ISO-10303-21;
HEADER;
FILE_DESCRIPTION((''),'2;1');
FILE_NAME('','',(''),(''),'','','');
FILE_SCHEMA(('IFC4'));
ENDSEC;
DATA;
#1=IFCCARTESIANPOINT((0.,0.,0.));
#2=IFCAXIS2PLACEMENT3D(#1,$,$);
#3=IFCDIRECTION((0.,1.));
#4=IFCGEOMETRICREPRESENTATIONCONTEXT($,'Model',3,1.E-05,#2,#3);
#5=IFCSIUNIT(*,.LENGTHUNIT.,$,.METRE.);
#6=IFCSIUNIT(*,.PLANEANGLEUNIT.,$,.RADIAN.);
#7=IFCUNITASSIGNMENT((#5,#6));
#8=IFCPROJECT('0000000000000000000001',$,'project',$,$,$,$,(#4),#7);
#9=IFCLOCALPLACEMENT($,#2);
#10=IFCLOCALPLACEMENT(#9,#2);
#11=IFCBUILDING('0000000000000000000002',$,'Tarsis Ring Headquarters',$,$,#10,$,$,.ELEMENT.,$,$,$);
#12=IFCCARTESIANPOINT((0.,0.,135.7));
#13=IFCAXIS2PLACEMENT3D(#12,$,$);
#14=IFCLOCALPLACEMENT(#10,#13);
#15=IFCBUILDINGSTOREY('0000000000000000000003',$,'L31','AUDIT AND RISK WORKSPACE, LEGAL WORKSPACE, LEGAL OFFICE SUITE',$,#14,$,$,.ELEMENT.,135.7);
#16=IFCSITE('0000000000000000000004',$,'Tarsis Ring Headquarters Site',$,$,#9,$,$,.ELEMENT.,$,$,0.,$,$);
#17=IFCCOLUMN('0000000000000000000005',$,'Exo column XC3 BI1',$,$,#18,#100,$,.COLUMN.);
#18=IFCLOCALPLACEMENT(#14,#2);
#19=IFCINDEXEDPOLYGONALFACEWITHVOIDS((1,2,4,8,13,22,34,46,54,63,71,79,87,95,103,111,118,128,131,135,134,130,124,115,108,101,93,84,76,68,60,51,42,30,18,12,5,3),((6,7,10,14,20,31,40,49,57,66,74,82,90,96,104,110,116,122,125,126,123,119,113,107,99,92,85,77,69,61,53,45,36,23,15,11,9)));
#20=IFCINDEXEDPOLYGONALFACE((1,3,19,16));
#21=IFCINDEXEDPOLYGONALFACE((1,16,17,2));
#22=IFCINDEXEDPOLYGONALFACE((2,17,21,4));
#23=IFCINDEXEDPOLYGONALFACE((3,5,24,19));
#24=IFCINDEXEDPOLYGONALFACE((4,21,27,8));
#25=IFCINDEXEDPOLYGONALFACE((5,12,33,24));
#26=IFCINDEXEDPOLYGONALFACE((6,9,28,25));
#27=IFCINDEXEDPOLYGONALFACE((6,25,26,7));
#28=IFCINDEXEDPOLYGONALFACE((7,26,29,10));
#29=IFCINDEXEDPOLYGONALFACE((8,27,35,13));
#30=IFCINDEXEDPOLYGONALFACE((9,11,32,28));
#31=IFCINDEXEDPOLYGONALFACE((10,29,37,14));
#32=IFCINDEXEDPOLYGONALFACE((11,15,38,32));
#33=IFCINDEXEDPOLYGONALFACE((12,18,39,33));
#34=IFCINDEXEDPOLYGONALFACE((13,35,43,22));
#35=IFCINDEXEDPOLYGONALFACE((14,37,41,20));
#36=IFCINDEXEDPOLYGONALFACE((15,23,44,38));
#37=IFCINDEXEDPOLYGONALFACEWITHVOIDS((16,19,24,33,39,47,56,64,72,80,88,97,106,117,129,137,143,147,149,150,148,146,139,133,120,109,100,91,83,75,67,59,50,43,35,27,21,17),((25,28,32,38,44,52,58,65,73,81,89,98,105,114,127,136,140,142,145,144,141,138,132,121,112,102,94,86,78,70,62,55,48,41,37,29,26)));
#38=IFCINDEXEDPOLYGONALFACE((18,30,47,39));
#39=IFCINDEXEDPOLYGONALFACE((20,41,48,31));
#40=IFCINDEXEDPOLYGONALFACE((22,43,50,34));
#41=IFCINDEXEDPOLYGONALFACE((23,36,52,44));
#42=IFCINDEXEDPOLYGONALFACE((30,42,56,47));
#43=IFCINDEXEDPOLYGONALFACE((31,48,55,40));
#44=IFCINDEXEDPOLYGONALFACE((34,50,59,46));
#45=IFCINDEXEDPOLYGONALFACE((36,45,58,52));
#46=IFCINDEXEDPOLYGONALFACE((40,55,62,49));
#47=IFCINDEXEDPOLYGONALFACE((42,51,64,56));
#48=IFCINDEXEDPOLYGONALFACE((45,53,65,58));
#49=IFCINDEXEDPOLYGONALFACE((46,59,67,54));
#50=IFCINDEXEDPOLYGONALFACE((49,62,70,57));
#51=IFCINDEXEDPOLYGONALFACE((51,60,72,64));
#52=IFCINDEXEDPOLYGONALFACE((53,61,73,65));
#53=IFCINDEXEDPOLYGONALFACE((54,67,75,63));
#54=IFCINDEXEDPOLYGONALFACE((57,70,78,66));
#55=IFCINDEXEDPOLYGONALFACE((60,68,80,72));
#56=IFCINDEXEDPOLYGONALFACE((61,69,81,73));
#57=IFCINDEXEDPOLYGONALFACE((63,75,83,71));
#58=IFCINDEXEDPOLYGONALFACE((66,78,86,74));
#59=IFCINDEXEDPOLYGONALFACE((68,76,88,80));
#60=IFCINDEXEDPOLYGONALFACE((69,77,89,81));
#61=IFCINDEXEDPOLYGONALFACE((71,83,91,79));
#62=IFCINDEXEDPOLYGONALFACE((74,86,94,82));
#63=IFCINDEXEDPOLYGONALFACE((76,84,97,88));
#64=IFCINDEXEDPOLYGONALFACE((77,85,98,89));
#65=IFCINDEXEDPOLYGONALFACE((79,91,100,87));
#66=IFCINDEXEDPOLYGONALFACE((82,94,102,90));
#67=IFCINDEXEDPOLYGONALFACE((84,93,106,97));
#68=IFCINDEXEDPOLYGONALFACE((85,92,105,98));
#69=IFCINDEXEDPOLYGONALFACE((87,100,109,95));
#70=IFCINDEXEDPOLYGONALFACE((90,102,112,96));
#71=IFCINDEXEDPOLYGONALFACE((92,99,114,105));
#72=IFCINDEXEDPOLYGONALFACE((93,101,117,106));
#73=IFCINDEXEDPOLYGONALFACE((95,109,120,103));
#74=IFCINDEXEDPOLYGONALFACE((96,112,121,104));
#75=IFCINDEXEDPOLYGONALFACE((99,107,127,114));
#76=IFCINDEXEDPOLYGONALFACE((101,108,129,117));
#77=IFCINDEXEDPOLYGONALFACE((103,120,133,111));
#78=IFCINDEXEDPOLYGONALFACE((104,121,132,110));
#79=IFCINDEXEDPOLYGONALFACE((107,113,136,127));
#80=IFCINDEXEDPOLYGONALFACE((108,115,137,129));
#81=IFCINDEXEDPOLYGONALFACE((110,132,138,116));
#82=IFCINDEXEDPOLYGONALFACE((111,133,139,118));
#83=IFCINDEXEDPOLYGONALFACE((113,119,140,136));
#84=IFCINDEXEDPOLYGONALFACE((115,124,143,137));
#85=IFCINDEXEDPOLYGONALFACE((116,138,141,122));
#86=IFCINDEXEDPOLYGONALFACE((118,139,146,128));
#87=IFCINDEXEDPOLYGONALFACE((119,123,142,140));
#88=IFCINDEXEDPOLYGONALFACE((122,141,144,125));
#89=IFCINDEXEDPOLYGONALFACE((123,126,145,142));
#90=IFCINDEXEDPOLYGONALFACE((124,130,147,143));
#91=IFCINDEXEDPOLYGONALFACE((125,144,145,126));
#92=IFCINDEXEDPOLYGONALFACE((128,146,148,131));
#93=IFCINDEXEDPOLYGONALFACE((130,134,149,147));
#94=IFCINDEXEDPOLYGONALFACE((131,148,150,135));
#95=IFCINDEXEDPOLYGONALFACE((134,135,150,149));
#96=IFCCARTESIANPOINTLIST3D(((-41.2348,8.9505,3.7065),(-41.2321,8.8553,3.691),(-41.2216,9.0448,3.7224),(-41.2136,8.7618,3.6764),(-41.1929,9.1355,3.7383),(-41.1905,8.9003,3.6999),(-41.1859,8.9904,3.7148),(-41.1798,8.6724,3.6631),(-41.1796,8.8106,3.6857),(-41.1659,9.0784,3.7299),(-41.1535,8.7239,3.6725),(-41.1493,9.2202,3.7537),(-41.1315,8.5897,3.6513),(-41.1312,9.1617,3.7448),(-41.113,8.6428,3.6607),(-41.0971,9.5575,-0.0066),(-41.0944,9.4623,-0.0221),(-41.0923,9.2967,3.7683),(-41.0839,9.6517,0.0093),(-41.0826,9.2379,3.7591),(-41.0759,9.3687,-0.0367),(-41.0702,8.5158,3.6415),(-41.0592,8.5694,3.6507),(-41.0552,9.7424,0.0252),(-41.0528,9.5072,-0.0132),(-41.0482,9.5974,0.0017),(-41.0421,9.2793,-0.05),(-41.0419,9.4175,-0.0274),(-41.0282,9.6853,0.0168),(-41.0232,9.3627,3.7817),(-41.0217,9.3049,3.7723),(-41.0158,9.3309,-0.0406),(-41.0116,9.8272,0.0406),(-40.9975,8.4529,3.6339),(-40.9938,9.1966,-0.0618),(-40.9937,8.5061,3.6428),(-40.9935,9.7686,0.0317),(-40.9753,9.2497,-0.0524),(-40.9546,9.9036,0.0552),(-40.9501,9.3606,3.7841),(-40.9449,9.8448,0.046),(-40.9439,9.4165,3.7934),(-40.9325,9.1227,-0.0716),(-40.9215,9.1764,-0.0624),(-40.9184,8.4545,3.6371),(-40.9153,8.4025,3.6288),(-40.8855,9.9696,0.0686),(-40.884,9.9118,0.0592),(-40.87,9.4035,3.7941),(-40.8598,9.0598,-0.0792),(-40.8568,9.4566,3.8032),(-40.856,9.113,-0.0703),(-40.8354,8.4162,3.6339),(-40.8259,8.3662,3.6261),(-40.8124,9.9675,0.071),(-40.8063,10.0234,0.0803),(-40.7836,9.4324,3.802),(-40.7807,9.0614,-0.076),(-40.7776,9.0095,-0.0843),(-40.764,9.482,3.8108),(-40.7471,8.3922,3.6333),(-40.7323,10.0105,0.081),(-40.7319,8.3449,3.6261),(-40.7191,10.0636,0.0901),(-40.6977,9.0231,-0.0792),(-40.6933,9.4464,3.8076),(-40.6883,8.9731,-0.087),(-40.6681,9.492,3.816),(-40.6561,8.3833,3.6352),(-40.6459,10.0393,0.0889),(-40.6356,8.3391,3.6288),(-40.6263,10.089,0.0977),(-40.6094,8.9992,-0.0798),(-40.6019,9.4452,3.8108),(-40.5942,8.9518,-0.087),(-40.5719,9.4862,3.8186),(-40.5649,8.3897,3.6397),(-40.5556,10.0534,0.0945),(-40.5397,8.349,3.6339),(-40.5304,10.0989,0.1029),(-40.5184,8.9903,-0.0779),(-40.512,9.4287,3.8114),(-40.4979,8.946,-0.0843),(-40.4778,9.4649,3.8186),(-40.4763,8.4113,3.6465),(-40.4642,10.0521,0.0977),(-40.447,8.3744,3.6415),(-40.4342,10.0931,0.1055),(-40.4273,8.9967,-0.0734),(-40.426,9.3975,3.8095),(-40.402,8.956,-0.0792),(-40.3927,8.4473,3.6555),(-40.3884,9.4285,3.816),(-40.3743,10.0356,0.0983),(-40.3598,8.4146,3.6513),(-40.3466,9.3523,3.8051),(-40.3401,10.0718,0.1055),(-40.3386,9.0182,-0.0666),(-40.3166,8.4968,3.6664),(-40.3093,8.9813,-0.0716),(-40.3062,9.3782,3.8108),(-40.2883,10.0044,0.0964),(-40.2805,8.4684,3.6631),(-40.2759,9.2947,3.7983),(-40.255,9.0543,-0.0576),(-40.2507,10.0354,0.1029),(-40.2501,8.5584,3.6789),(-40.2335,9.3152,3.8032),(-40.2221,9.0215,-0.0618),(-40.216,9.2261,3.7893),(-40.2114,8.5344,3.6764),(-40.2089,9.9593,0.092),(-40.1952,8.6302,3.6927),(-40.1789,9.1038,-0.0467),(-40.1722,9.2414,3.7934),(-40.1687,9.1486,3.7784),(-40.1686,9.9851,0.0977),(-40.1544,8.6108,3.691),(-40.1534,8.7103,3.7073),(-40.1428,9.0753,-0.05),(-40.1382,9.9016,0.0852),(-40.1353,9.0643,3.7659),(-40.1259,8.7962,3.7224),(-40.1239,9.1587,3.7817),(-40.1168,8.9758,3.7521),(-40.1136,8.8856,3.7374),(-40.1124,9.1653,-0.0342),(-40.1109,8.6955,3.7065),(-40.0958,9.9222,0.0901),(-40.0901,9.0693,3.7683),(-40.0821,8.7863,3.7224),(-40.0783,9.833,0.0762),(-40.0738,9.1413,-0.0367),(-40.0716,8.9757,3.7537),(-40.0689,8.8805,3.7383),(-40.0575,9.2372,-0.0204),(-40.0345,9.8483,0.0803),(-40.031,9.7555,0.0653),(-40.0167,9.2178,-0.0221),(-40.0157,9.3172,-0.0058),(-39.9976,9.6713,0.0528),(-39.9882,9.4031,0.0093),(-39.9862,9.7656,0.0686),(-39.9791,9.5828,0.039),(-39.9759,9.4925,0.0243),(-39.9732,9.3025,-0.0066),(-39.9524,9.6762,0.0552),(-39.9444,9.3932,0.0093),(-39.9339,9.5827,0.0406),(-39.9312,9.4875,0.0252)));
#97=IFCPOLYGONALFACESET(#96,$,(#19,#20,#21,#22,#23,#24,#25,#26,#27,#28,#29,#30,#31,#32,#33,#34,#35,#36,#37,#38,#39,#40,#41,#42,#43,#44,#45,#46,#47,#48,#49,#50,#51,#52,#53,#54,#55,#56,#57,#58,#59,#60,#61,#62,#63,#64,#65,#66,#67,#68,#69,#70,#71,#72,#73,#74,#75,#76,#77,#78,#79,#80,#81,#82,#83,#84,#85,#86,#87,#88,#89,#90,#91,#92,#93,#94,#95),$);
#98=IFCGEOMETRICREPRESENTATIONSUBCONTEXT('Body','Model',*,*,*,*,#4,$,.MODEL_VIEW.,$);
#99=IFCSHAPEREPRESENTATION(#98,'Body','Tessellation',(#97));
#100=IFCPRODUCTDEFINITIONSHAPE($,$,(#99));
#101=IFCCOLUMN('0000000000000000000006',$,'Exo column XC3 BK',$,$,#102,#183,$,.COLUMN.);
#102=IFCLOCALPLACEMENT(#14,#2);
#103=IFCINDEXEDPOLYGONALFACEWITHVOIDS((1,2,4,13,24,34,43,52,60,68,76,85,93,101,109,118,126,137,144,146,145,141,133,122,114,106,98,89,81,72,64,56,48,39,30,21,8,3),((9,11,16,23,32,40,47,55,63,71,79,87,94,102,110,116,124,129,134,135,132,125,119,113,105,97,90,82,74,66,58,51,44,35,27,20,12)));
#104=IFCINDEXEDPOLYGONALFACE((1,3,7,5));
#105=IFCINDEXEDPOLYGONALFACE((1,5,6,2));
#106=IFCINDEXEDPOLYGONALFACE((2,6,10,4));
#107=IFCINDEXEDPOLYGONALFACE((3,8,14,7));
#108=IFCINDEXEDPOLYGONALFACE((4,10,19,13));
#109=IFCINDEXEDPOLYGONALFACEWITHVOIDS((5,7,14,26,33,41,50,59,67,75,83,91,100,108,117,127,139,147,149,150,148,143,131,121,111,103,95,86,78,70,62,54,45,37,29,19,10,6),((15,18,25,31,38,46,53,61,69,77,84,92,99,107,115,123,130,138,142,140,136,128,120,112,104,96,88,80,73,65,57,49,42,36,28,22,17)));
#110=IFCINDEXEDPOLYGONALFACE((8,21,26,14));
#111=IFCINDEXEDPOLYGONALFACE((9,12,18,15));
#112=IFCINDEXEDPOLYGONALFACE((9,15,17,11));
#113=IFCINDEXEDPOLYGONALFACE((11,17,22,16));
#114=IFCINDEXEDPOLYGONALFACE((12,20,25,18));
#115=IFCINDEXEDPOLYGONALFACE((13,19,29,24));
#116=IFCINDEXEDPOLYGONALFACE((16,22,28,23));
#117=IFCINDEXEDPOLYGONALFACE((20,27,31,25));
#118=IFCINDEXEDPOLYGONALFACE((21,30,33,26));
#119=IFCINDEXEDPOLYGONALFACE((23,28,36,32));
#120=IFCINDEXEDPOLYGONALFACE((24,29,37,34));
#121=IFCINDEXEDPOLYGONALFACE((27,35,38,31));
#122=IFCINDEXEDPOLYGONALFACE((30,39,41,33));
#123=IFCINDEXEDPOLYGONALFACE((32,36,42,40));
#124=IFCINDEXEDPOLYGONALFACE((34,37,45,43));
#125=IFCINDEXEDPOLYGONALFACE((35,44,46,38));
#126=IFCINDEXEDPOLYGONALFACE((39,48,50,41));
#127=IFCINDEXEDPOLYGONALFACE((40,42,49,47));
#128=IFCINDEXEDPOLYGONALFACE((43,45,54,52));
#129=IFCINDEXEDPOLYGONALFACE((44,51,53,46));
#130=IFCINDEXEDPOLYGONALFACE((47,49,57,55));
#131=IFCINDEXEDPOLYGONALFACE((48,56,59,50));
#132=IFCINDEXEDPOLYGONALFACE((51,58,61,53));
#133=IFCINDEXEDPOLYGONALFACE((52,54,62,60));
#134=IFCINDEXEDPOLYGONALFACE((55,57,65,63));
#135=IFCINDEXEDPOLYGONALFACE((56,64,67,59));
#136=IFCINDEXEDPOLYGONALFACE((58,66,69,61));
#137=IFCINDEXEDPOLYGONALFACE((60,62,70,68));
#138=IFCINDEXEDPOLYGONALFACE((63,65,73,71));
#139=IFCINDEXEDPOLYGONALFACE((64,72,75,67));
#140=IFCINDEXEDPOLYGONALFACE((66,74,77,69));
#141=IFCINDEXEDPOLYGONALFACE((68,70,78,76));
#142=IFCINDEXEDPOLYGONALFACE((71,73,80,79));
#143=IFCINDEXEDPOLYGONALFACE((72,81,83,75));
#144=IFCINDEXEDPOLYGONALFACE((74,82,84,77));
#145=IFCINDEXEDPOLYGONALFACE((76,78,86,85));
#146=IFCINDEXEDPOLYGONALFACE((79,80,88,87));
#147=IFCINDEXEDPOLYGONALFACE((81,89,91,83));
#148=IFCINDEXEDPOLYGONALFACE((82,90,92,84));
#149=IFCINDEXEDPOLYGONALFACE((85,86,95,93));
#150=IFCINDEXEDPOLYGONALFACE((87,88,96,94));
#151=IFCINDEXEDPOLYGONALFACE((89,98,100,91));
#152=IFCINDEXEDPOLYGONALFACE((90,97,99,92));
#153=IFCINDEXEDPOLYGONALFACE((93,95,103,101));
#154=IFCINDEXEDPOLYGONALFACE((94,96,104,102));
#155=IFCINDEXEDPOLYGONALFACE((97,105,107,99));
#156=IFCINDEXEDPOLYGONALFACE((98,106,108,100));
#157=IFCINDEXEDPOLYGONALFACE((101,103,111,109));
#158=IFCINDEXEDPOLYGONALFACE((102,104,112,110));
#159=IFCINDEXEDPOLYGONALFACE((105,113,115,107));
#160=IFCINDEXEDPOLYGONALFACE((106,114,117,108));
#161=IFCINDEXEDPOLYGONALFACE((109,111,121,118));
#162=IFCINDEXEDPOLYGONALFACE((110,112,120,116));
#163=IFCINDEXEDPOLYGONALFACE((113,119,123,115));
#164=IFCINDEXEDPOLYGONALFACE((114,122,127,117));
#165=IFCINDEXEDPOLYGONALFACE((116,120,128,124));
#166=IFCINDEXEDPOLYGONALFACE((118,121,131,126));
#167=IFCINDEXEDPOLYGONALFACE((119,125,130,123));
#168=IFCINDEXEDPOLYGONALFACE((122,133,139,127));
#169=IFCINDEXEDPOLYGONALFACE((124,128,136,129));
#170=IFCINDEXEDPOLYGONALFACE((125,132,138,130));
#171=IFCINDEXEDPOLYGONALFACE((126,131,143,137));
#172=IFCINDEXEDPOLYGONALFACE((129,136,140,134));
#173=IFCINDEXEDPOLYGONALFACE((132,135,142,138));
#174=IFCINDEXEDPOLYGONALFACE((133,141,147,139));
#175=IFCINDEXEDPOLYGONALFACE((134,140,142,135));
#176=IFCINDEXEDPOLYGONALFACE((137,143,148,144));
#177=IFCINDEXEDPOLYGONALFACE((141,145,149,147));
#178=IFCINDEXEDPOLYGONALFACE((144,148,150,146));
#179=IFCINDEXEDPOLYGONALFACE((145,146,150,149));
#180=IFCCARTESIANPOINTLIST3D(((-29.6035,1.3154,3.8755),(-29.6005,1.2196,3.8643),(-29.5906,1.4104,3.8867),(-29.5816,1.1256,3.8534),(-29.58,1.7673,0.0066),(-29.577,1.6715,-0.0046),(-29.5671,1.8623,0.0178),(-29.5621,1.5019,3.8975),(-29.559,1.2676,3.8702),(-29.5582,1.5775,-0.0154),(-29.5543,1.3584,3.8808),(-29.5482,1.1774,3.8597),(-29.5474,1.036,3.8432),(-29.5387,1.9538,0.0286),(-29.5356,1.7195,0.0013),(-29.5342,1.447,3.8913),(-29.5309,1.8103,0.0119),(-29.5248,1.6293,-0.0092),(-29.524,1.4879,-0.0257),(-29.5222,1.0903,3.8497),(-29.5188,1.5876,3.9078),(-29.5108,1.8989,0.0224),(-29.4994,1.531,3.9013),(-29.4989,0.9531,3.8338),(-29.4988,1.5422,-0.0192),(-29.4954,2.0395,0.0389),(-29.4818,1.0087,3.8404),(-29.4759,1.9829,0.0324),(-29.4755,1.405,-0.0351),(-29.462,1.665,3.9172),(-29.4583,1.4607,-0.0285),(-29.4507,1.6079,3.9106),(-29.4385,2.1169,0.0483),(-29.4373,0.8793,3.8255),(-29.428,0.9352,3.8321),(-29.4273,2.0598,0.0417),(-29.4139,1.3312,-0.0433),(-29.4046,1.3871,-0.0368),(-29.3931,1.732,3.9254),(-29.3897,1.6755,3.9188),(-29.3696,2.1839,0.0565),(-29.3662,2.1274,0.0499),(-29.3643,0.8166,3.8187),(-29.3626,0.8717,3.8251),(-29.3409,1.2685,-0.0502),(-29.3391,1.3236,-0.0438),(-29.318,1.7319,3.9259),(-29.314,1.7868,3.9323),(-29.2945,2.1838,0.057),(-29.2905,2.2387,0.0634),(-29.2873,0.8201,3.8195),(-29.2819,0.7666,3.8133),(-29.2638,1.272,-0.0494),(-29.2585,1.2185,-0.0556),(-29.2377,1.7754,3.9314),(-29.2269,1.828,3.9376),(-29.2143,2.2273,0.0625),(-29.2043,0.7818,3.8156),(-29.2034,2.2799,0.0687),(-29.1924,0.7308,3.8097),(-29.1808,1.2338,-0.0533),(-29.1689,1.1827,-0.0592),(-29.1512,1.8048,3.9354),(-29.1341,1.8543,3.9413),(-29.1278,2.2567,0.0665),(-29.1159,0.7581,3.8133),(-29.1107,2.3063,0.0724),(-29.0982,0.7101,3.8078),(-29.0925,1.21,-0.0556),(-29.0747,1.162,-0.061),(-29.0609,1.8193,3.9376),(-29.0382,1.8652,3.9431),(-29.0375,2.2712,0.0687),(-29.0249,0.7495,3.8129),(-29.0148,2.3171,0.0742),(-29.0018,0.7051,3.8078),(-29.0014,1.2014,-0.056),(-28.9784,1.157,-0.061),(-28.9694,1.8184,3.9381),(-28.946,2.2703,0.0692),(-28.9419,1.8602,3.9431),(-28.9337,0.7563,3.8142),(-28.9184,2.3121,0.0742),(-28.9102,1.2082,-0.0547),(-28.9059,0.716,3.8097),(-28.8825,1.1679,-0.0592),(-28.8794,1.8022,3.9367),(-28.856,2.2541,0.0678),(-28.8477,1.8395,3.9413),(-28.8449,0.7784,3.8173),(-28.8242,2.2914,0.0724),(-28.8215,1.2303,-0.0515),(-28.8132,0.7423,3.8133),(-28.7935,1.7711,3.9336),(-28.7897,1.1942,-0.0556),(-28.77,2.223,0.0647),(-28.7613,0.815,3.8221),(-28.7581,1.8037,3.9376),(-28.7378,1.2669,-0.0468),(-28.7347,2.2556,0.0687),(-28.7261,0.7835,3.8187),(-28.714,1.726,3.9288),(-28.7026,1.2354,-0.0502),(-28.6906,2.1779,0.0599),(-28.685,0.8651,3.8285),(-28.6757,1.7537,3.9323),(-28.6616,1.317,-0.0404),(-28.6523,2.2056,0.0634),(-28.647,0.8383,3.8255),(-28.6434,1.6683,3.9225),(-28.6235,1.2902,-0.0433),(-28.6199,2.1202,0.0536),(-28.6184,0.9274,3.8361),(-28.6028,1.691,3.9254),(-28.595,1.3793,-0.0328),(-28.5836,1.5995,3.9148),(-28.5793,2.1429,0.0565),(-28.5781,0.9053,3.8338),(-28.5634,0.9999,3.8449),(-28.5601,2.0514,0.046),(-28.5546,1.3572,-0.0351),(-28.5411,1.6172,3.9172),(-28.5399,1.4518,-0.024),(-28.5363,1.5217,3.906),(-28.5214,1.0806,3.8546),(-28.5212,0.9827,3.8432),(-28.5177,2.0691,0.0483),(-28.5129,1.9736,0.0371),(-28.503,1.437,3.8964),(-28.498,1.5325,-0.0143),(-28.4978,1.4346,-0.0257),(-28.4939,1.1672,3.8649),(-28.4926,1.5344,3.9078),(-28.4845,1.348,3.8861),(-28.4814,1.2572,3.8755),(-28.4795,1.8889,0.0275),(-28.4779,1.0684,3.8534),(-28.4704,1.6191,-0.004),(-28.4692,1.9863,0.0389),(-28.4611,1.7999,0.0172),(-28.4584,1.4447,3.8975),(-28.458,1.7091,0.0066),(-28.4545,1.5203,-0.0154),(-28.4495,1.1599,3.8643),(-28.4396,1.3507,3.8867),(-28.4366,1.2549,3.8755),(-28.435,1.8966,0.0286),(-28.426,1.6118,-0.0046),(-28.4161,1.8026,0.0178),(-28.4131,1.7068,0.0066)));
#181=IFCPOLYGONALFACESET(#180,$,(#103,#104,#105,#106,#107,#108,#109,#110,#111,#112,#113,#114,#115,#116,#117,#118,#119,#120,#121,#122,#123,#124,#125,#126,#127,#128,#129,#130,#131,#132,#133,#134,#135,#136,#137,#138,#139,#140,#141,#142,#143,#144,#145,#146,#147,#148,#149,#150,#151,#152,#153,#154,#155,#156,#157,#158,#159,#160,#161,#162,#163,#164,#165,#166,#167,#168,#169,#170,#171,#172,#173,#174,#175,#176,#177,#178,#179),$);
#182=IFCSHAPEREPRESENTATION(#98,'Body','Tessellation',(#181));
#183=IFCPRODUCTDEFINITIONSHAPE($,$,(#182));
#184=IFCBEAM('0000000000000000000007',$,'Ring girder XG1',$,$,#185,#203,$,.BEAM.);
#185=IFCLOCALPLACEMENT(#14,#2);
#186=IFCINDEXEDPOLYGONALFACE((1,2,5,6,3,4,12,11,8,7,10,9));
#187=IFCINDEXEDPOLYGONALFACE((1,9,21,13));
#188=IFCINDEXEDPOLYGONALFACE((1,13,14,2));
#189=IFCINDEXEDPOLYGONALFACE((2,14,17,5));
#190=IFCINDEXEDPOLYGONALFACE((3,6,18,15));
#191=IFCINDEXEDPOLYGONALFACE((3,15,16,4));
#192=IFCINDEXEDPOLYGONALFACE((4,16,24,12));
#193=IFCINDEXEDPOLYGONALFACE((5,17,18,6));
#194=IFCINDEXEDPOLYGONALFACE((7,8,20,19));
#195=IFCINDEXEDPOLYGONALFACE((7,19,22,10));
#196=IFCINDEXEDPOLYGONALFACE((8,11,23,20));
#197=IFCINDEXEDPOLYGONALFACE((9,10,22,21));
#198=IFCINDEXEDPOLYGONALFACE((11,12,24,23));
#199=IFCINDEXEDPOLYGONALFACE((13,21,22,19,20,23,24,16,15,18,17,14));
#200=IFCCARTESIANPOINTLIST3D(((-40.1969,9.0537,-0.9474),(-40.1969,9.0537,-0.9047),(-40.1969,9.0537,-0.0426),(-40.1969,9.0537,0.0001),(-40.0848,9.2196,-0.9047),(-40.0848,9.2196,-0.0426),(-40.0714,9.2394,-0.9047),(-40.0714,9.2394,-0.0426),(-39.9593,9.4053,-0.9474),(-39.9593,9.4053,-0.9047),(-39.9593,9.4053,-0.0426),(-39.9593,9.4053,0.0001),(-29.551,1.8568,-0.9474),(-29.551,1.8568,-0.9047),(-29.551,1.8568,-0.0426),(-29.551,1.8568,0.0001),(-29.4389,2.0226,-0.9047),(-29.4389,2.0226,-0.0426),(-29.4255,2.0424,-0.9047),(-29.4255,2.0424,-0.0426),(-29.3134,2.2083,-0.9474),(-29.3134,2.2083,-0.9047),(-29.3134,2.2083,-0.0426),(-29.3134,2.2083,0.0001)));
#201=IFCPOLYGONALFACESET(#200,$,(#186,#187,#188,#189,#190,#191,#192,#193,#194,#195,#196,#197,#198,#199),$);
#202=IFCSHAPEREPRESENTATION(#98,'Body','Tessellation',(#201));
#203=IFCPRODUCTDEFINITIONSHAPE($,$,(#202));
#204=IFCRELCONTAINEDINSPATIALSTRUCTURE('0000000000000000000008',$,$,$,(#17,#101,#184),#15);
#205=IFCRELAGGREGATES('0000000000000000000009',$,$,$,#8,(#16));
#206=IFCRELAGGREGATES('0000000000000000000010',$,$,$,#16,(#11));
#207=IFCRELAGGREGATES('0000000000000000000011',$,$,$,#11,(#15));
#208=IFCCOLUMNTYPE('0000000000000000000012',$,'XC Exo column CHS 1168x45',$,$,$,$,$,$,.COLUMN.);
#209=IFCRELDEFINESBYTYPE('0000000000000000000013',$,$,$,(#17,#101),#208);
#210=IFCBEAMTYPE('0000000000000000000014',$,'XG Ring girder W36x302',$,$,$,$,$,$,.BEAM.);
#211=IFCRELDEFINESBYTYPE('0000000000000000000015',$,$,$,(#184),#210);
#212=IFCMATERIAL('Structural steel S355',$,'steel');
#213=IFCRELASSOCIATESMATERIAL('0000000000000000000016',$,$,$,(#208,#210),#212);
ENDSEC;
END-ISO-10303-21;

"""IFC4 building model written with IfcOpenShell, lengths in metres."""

from ifc_helpers import new_model, si_unit, direction, frame, origin, origin_2d, place, context, subcontext, project, spatial, hollow_circle, i_section, extrude, material, material_profile, profile_set, type_object, element, save


model = new_model("IFC4")

# Units and contexts
model_context = context("Model", 3, precision=1e-05, world=origin(), true_north=direction((0.0, 1.0)))
body_context = subcontext(model_context, "Body", "Model", "MODEL_VIEW")
ifc_project = project(units=[si_unit("LENGTHUNIT", "METRE"), si_unit("PLANEANGLEUNIT", "RADIAN")], contexts=[model_context])

# Site, building, storey
site_placement = place(None, origin())
site = spatial("IfcSite", under=ifc_project, at=site_placement, Name="Tarsis Ring Headquarters Site", CompositionType="ELEMENT", RefElevation=0.0)
building_placement = place(site_placement, origin())
building = spatial("IfcBuilding", under=site, at=building_placement, Name="Tarsis Ring Headquarters", CompositionType="ELEMENT")
storey_placement = place(building_placement, frame((0.0, 0.0, 135.7)))
storey = spatial("IfcBuildingStorey", under=building, at=storey_placement, Name="L31", Description="AUDIT AND RISK WORKSPACE, LEGAL WORKSPACE, LEGAL OFFICE SUITE", CompositionType="ELEMENT", Elevation=135.7)

# Columns
ifc_material_1 = material(Name="Structural steel S355", Category="steel")
ifc_material_profile_1 = material_profile(ifc_material_1, hollow_circle(Radius=0.5842, WallThickness=0.0449, at=origin_2d()), Name="CHS 1168x45")
ifc_profile_set_1 = profile_set([ifc_material_profile_1], Name="Structural steel S355")
column_type = type_object("IfcColumnType", Name="XC Exo column CHS 1168x45", PredefinedType="COLUMN", material=ifc_profile_set_1)
column_1_placement = place(storey_placement, frame((-40.5142, 9.5225, 0.0093), z_axis=(-0.036573, -0.161207, 0.986243), x_axis=(0.975218, -0.221248, 0.0)))
element("IfcColumn", 1, at=column_1_placement, inside=storey, type_object=column_type, Name="Exo column XC3 BI1", PredefinedType="COLUMN", context=body_context, shape_type="SweptSolid", body=[
    extrude(hollow_circle(Radius=0.5842, WallThickness=0.0449, at=origin_2d()), origin(), (0.0, 0.0, 1.0), 3.7649),
])
column_2_placement = place(storey_placement, frame((-28.9966, 1.7371, 0.0066), z_axis=(-0.006017, -0.116014, 0.993229), x_axis=(0.998658, -0.051794, 0.0)))
element("IfcColumn", 2, at=column_2_placement, inside=storey, type_object=column_type, Name="Exo column XC3 BK", PredefinedType="COLUMN", context=body_context, shape_type="SweptSolid", body=[
    extrude(hollow_circle(Radius=0.5842, WallThickness=0.0449, at=origin_2d()), origin(), (0.0, 0.0, 1.0), 3.8953),
])

# Beam
ifc_material_profile_2 = material_profile(ifc_material_1, i_section(OverallWidth=0.4243, OverallDepth=0.9475, WebThickness=0.0239, FlangeThickness=0.0427, at=origin_2d()), Name="W36x302")
ifc_profile_set_2 = profile_set([ifc_material_profile_2], Name="Structural steel S355")
beam_type = type_object("IfcBeamType", Name="XG Ring girder W36x302", PredefinedType="BEAM", material=ifc_profile_set_2)
beam_1_placement = place(storey_placement, frame((-40.0781, 9.2295, -0.4736), z_axis=(0.828452, -0.560059, 0.0), x_axis=(0.560059, 0.828452, 0.0)))
element("IfcBeam", 3, at=beam_1_placement, inside=storey, type_object=beam_type, Name="Ring girder XG1", PredefinedType="BEAM", context=body_context, shape_type="SweptSolid", body=[
    extrude(i_section(OverallWidth=0.4243, OverallDepth=0.9475, WebThickness=0.0239, FlangeThickness=0.0427, at=origin_2d()), origin(), (0.0, 0.0, 1.0), 12.8503),
])

save(model, "model.ifc")
